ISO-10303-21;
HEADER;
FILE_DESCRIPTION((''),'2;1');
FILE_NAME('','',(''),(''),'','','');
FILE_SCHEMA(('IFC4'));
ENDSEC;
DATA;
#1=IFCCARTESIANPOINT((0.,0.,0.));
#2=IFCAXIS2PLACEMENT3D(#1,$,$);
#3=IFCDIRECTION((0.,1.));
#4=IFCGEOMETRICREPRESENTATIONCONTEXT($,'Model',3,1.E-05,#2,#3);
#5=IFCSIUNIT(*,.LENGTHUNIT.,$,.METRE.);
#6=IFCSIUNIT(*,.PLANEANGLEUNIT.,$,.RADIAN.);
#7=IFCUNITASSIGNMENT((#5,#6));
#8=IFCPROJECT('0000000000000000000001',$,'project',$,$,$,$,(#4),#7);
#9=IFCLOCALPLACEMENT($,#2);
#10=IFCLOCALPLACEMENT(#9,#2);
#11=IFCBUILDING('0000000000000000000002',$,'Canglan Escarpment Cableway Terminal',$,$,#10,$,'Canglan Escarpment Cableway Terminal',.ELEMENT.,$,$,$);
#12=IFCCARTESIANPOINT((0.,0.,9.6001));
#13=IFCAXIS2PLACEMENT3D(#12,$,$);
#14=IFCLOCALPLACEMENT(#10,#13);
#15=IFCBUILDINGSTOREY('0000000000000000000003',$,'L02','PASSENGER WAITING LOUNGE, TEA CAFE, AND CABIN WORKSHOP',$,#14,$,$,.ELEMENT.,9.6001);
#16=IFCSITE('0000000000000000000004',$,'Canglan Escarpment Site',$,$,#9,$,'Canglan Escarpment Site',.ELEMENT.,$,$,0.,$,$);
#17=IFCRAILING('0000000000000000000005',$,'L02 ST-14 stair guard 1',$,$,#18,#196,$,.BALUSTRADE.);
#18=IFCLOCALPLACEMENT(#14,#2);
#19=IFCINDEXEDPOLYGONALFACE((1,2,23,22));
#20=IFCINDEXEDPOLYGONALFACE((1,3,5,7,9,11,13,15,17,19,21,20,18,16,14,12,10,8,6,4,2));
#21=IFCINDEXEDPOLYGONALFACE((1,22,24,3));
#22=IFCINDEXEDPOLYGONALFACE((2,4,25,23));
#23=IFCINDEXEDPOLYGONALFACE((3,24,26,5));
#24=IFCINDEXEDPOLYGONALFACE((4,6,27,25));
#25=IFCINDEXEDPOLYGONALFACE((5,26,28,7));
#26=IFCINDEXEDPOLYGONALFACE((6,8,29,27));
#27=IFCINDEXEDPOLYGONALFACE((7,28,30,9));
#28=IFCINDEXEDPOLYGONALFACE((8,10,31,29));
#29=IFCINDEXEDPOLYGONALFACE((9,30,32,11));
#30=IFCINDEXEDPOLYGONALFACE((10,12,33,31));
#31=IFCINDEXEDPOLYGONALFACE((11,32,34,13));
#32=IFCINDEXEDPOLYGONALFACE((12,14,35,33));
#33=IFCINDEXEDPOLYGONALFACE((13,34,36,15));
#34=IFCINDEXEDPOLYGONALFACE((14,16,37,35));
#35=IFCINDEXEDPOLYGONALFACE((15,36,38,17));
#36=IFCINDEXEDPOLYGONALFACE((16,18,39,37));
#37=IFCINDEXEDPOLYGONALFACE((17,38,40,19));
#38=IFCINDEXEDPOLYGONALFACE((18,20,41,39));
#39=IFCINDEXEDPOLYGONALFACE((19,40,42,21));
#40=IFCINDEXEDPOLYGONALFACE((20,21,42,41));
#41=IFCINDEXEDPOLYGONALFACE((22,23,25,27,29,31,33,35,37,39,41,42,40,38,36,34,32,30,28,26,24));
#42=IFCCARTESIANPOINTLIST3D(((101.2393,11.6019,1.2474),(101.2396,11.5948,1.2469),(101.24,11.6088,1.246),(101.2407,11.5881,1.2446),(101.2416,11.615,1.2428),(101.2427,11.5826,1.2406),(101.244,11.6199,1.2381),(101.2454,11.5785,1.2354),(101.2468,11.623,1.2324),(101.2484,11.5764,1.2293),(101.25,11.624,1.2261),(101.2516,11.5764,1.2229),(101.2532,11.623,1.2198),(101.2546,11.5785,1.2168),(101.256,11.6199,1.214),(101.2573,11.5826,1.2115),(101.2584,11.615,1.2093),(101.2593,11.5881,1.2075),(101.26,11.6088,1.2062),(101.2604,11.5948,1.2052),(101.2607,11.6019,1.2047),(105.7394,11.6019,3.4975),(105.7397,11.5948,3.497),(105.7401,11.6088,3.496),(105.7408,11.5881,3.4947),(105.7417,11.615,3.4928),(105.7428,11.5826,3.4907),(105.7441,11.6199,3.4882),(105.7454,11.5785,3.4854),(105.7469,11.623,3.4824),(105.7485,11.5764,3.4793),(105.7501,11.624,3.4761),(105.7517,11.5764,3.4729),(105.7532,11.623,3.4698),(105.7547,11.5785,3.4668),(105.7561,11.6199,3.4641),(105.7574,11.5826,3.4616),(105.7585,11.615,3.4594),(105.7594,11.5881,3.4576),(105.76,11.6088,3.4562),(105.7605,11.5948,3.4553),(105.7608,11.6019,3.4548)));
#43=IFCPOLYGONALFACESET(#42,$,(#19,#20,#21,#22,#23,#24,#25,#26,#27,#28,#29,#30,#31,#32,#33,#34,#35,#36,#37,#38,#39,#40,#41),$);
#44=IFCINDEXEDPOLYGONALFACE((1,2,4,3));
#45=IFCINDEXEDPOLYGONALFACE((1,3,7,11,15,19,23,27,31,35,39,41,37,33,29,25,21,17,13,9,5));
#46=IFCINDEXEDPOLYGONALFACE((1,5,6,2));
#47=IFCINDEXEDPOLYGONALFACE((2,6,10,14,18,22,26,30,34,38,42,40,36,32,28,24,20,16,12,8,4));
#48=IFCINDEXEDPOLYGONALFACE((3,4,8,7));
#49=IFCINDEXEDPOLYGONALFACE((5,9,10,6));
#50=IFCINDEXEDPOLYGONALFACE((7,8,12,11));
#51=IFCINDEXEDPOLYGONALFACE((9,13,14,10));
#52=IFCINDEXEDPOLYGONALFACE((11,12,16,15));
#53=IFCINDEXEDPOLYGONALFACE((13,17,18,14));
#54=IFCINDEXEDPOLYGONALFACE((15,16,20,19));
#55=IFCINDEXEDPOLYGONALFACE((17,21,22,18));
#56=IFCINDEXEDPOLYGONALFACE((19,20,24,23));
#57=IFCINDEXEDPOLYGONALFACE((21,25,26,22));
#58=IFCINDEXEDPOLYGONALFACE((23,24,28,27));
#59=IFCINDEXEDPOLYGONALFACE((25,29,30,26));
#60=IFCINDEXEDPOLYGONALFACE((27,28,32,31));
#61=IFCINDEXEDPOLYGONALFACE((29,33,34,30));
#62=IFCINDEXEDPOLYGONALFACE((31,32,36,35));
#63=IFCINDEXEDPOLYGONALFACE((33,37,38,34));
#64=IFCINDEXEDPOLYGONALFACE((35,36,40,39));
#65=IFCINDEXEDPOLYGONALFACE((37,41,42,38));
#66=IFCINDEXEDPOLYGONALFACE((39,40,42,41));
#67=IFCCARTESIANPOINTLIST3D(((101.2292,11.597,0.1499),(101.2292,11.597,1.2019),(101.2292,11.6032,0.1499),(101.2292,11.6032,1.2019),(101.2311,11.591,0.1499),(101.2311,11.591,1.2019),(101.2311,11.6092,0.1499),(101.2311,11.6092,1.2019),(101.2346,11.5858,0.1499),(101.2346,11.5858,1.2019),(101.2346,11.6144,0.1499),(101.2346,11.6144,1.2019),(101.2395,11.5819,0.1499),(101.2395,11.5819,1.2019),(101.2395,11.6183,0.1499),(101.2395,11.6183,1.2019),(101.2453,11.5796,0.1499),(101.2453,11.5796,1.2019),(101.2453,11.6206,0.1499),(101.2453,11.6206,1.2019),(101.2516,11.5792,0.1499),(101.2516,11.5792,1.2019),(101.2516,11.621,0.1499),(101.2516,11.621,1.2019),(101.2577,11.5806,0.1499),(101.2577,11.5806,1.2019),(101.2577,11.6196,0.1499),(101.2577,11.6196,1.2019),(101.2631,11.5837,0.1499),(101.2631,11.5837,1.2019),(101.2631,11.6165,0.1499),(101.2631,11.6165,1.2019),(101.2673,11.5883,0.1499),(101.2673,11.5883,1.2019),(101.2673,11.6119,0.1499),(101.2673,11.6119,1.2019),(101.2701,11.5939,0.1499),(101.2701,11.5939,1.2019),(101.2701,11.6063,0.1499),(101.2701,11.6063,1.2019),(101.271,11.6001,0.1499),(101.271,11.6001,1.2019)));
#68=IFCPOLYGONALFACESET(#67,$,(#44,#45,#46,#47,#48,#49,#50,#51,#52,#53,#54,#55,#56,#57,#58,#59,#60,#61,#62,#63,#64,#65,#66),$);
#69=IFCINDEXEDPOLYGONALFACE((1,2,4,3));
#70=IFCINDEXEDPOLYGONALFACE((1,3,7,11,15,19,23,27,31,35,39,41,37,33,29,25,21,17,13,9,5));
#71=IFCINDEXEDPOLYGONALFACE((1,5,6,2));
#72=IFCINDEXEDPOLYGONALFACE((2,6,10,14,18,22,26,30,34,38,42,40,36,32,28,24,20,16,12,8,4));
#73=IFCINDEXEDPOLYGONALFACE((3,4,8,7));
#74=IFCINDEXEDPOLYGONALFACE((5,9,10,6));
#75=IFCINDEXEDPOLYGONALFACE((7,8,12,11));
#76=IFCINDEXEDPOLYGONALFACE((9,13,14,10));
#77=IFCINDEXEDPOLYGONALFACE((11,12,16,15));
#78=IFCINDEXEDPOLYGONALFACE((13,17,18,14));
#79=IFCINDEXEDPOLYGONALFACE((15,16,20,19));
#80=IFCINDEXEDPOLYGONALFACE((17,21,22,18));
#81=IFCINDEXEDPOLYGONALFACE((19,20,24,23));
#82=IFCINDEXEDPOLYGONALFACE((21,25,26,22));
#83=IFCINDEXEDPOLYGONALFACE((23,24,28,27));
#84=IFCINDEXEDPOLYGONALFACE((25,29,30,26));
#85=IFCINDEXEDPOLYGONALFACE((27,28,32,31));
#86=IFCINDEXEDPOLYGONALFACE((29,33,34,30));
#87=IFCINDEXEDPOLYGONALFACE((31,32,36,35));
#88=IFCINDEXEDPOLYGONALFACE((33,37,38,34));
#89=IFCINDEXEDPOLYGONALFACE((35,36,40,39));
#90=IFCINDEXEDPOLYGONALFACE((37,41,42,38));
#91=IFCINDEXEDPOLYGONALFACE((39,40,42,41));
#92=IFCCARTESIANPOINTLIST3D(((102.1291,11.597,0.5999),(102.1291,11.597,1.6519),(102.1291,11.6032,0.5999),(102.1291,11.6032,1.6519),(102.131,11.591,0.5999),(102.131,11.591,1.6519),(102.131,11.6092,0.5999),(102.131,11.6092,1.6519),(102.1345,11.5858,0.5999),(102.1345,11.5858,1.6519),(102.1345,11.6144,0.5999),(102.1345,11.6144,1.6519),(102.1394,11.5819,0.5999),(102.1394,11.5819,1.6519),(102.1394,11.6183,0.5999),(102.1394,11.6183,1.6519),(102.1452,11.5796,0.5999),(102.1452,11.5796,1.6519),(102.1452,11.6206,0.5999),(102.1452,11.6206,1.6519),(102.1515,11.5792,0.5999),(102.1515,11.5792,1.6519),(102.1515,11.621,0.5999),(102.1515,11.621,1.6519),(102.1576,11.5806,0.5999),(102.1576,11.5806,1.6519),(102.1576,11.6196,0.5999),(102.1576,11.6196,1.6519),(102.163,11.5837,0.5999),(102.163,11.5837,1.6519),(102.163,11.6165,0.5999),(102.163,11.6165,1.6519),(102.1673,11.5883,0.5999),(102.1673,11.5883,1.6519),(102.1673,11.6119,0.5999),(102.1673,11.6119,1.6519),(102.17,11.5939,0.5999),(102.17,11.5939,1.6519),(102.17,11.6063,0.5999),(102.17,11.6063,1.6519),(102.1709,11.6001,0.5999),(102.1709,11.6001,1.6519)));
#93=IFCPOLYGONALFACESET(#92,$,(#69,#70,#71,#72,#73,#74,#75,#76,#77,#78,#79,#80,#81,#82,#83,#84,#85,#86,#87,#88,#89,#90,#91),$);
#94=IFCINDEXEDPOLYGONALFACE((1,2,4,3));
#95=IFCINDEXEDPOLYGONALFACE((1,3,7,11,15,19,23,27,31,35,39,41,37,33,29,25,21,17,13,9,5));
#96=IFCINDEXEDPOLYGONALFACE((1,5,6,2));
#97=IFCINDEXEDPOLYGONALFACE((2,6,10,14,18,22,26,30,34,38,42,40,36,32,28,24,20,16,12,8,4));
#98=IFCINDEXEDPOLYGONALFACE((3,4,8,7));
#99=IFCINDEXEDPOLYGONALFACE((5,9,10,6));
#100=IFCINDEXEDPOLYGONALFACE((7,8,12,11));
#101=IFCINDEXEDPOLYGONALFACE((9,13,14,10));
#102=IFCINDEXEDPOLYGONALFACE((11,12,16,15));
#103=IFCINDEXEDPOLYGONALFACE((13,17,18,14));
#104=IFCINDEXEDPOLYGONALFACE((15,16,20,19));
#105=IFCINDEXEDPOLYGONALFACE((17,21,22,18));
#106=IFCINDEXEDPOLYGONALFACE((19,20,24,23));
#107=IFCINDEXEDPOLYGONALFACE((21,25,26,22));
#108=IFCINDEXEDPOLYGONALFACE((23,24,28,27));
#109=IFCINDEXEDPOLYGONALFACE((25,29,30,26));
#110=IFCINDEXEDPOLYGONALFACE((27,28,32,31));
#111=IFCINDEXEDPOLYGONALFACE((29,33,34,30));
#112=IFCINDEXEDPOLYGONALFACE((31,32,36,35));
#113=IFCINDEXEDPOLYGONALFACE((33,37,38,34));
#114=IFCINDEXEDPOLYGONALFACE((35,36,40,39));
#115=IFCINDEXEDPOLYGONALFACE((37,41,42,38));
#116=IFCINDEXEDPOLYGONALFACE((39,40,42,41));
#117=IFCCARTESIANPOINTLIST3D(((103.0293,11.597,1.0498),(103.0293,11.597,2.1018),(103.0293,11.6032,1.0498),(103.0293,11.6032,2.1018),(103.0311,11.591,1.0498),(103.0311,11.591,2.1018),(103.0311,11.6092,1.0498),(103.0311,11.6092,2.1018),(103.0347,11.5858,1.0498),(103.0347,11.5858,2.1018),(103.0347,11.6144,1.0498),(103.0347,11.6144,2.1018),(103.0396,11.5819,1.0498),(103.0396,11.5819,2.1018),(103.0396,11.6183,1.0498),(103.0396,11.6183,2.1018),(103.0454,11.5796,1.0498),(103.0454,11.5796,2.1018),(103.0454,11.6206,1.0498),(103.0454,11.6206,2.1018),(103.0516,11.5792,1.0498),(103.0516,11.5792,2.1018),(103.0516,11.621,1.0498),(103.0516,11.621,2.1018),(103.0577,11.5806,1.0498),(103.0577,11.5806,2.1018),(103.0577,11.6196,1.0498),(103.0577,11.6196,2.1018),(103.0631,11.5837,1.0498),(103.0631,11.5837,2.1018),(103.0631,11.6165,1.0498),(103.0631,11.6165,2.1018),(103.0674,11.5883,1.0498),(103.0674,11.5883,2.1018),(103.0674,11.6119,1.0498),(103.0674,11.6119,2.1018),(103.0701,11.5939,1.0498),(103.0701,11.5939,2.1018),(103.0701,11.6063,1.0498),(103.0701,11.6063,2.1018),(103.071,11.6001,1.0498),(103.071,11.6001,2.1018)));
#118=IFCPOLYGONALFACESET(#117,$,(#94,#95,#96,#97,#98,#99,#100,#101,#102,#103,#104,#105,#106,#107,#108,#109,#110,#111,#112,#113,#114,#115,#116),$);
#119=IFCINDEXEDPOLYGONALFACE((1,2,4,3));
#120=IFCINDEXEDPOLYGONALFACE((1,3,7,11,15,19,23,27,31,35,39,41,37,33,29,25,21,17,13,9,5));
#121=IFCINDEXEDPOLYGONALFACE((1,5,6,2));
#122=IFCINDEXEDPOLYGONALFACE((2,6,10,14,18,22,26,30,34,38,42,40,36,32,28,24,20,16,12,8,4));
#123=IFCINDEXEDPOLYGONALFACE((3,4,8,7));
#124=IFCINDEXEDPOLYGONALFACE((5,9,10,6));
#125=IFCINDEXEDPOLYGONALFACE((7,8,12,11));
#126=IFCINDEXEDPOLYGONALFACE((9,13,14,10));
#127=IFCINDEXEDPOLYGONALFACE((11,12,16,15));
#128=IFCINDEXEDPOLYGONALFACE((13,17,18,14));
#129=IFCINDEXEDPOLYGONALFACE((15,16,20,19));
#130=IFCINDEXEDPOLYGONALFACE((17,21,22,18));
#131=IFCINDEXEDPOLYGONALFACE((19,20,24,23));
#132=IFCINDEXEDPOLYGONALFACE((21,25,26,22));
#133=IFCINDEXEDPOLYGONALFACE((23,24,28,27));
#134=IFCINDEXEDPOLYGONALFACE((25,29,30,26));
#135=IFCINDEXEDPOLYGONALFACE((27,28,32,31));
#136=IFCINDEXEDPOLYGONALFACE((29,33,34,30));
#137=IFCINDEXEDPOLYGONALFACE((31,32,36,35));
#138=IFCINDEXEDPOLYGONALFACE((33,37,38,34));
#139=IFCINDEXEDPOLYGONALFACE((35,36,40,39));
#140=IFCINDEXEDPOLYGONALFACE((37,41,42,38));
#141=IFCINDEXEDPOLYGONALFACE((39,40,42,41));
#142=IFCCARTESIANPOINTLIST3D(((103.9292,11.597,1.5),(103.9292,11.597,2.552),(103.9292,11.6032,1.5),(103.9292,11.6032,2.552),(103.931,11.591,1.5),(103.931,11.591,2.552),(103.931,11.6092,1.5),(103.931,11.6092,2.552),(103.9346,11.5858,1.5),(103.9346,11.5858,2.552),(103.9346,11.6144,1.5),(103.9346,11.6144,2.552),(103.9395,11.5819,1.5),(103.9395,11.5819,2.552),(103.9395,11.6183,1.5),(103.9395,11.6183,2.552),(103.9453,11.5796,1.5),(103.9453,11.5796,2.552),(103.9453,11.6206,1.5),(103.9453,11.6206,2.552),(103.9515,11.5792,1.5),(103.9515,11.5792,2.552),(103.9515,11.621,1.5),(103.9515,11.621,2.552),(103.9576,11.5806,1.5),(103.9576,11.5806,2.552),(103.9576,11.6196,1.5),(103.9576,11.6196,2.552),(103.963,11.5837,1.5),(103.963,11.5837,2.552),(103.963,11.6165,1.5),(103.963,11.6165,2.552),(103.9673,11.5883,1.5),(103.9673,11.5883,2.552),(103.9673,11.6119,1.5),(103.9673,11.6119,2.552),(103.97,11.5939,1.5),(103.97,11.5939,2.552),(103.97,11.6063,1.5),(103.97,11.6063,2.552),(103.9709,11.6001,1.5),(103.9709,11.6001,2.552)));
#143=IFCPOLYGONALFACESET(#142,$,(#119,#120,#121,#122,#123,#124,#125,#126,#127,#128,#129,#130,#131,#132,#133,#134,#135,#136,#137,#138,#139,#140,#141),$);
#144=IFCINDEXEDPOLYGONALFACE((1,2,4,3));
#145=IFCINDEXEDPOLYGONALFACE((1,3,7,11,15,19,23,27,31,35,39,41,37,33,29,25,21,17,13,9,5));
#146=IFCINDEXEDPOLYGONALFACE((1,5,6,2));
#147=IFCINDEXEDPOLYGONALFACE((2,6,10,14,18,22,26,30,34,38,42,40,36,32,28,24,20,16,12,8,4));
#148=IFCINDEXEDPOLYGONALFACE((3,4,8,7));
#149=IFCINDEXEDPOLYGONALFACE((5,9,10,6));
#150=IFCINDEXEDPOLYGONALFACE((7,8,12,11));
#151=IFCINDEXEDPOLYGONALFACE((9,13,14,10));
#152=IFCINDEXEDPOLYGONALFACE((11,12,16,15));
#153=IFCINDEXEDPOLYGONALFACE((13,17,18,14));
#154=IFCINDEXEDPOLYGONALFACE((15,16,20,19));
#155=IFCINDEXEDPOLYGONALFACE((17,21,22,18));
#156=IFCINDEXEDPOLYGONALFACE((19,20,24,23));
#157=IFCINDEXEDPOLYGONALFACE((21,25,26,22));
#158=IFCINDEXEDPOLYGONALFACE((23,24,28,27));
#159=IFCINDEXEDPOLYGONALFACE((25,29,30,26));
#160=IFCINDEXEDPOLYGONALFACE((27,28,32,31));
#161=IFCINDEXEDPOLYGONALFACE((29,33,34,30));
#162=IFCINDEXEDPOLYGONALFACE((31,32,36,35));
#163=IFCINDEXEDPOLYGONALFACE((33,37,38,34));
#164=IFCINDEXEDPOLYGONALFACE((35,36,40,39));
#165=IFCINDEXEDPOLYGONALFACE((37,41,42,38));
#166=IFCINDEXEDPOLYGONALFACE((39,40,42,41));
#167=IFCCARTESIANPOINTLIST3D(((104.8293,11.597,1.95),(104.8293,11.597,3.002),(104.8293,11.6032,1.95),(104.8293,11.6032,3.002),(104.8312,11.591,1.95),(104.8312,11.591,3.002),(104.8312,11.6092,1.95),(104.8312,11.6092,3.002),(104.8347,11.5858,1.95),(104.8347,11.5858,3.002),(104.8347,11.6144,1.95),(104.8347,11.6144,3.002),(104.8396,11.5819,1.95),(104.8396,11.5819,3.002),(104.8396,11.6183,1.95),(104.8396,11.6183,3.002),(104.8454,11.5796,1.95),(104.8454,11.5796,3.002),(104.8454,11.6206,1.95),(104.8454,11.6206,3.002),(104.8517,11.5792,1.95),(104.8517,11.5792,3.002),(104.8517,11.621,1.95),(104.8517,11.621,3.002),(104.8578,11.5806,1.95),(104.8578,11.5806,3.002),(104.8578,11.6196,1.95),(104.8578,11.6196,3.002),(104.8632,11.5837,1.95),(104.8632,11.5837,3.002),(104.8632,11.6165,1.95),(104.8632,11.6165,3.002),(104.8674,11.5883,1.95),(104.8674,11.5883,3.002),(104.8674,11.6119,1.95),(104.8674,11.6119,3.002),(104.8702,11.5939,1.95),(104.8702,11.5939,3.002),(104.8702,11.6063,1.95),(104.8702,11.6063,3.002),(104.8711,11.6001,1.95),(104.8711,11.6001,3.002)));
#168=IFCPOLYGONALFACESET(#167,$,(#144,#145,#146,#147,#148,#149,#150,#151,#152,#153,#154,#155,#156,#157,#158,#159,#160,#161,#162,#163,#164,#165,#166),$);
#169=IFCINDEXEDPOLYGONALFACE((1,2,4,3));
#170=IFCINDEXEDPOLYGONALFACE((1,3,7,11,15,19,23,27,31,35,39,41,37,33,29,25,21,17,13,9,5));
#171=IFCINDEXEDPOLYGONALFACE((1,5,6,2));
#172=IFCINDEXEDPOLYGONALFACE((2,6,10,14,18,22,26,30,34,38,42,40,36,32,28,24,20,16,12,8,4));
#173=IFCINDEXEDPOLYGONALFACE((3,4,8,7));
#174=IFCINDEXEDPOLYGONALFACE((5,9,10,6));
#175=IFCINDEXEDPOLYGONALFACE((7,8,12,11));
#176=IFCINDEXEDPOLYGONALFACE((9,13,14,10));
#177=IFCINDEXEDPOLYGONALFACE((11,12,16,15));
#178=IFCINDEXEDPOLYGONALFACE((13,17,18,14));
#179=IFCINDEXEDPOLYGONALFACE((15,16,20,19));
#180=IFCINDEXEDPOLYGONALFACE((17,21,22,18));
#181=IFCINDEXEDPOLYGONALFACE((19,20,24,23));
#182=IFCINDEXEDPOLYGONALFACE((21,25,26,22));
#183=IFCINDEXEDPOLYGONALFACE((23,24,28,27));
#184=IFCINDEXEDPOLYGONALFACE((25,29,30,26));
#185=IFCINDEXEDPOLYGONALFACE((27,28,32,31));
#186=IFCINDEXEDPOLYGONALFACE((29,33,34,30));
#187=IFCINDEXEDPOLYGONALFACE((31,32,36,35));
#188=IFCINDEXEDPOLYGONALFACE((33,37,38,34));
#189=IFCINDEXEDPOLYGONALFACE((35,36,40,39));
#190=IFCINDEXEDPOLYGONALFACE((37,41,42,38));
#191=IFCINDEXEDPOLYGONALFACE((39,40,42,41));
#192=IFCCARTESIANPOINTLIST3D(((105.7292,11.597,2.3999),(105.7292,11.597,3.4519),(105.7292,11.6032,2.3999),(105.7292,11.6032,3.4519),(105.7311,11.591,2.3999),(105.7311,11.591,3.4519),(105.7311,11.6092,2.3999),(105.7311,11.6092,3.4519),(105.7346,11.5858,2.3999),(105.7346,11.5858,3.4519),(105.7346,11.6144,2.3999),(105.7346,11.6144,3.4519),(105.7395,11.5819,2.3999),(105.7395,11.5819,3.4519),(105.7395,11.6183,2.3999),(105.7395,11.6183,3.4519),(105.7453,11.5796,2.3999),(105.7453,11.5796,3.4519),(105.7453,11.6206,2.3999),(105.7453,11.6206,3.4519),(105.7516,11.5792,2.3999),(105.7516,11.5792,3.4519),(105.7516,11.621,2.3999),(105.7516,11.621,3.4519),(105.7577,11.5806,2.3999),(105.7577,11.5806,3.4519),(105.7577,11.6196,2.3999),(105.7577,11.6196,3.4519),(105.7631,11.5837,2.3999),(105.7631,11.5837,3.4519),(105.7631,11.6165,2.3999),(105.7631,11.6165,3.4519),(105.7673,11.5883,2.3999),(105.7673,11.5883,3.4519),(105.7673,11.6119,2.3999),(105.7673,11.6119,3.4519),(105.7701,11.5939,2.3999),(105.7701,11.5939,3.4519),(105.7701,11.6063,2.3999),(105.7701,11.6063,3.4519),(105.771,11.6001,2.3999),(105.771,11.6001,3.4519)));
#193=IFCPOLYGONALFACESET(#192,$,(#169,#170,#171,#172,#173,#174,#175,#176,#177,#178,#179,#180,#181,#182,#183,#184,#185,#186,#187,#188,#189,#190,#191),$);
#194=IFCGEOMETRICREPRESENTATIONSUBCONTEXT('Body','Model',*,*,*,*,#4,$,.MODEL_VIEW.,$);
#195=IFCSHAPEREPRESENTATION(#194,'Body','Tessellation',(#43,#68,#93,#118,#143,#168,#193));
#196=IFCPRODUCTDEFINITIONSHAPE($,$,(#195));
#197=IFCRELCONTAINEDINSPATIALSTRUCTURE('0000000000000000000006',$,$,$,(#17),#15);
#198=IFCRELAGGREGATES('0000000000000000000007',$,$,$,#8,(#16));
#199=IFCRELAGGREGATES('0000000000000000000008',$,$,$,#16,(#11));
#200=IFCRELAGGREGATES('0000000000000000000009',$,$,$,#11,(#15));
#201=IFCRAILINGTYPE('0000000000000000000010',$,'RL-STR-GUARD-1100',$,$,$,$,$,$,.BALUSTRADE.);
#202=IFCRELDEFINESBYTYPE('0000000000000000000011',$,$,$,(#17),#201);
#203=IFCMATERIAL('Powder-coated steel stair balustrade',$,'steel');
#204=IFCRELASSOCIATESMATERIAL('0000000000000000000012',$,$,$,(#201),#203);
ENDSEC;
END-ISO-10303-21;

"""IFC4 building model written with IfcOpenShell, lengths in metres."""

from ifc_helpers import new_model, si_unit, direction, frame, origin, origin_2d, place, context, subcontext, project, spatial, circle, extrude, material, type_object, element, save


model = new_model("IFC4")

# Units and contexts
model_context = context("Model", 3, precision=1e-05, world=origin(), true_north=direction((0.0, 1.0)))
body_context = subcontext(model_context, "Body", "Model", "MODEL_VIEW")
ifc_project = project(units=[si_unit("LENGTHUNIT", "METRE"), si_unit("PLANEANGLEUNIT", "RADIAN")], contexts=[model_context])

# Site, building, storey
site_placement = place(None, origin())
site = spatial("IfcSite", under=ifc_project, at=site_placement, Name="Canglan Escarpment Site", LongName="Canglan Escarpment Site", CompositionType="ELEMENT", RefElevation=0.0)
building_placement = place(site_placement, origin())
building = spatial("IfcBuilding", under=site, at=building_placement, Name="Canglan Escarpment Cableway Terminal", LongName="Canglan Escarpment Cableway Terminal", CompositionType="ELEMENT")
storey_placement = place(building_placement, frame((0.0, 0.0, 9.6001)))
storey = spatial("IfcBuildingStorey", under=building, at=storey_placement, Name="L02", Description="PASSENGER WAITING LOUNGE, TEA CAFE, AND CABIN WORKSHOP", CompositionType="ELEMENT", Elevation=9.6001)

# Railing
ifc_material_1 = material(Name="Powder-coated steel stair balustrade", Category="steel")
railing_type_1 = type_object("IfcRailingType", Name="RL-STR-GUARD-1100", PredefinedType="BALUSTRADE", material=ifc_material_1)
railing_1_placement = place(storey_placement, frame((101.25, 11.6001, 0.1499)))
element("IfcRailing", 1, at=railing_1_placement, inside=storey, type_object=railing_type_1, Name="L02 ST-14 stair guard 1", PredefinedType="BALUSTRADE", context=body_context, shape_type="SweptSolid", body=[
    extrude(circle(Radius=0.0239, at=origin_2d()), frame((0.0, 0.0, 1.0762), z_axis=(0.894427, 0.0, 0.447214), x_axis=(0.0, 1.0, 0.0)), (0.0, 0.0, 1.0), 5.0312),
    extrude(circle(Radius=0.021, at=origin_2d()), origin(), (0.0, 0.0, 1.0), 1.052),
    extrude(circle(Radius=0.021, at=origin_2d()), frame((0.8999, 0.0, 0.45)), (0.0, 0.0, 1.0), 1.052),
    extrude(circle(Radius=0.021, at=origin_2d()), frame((1.8, 0.0, 0.8999)), (0.0, 0.0, 1.0), 1.052),
    extrude(circle(Radius=0.021, at=origin_2d()), frame((2.7, 0.0, 1.3501)), (0.0, 0.0, 1.0), 1.052),
    extrude(circle(Radius=0.021, at=origin_2d()), frame((3.6001, 0.0, 1.8)), (0.0, 0.0, 1.0), 1.052),
    extrude(circle(Radius=0.021, at=origin_2d()), frame((4.5, 0.0, 2.25)), (0.0, 0.0, 1.0), 1.052),
])

save(model, "model.ifc")
